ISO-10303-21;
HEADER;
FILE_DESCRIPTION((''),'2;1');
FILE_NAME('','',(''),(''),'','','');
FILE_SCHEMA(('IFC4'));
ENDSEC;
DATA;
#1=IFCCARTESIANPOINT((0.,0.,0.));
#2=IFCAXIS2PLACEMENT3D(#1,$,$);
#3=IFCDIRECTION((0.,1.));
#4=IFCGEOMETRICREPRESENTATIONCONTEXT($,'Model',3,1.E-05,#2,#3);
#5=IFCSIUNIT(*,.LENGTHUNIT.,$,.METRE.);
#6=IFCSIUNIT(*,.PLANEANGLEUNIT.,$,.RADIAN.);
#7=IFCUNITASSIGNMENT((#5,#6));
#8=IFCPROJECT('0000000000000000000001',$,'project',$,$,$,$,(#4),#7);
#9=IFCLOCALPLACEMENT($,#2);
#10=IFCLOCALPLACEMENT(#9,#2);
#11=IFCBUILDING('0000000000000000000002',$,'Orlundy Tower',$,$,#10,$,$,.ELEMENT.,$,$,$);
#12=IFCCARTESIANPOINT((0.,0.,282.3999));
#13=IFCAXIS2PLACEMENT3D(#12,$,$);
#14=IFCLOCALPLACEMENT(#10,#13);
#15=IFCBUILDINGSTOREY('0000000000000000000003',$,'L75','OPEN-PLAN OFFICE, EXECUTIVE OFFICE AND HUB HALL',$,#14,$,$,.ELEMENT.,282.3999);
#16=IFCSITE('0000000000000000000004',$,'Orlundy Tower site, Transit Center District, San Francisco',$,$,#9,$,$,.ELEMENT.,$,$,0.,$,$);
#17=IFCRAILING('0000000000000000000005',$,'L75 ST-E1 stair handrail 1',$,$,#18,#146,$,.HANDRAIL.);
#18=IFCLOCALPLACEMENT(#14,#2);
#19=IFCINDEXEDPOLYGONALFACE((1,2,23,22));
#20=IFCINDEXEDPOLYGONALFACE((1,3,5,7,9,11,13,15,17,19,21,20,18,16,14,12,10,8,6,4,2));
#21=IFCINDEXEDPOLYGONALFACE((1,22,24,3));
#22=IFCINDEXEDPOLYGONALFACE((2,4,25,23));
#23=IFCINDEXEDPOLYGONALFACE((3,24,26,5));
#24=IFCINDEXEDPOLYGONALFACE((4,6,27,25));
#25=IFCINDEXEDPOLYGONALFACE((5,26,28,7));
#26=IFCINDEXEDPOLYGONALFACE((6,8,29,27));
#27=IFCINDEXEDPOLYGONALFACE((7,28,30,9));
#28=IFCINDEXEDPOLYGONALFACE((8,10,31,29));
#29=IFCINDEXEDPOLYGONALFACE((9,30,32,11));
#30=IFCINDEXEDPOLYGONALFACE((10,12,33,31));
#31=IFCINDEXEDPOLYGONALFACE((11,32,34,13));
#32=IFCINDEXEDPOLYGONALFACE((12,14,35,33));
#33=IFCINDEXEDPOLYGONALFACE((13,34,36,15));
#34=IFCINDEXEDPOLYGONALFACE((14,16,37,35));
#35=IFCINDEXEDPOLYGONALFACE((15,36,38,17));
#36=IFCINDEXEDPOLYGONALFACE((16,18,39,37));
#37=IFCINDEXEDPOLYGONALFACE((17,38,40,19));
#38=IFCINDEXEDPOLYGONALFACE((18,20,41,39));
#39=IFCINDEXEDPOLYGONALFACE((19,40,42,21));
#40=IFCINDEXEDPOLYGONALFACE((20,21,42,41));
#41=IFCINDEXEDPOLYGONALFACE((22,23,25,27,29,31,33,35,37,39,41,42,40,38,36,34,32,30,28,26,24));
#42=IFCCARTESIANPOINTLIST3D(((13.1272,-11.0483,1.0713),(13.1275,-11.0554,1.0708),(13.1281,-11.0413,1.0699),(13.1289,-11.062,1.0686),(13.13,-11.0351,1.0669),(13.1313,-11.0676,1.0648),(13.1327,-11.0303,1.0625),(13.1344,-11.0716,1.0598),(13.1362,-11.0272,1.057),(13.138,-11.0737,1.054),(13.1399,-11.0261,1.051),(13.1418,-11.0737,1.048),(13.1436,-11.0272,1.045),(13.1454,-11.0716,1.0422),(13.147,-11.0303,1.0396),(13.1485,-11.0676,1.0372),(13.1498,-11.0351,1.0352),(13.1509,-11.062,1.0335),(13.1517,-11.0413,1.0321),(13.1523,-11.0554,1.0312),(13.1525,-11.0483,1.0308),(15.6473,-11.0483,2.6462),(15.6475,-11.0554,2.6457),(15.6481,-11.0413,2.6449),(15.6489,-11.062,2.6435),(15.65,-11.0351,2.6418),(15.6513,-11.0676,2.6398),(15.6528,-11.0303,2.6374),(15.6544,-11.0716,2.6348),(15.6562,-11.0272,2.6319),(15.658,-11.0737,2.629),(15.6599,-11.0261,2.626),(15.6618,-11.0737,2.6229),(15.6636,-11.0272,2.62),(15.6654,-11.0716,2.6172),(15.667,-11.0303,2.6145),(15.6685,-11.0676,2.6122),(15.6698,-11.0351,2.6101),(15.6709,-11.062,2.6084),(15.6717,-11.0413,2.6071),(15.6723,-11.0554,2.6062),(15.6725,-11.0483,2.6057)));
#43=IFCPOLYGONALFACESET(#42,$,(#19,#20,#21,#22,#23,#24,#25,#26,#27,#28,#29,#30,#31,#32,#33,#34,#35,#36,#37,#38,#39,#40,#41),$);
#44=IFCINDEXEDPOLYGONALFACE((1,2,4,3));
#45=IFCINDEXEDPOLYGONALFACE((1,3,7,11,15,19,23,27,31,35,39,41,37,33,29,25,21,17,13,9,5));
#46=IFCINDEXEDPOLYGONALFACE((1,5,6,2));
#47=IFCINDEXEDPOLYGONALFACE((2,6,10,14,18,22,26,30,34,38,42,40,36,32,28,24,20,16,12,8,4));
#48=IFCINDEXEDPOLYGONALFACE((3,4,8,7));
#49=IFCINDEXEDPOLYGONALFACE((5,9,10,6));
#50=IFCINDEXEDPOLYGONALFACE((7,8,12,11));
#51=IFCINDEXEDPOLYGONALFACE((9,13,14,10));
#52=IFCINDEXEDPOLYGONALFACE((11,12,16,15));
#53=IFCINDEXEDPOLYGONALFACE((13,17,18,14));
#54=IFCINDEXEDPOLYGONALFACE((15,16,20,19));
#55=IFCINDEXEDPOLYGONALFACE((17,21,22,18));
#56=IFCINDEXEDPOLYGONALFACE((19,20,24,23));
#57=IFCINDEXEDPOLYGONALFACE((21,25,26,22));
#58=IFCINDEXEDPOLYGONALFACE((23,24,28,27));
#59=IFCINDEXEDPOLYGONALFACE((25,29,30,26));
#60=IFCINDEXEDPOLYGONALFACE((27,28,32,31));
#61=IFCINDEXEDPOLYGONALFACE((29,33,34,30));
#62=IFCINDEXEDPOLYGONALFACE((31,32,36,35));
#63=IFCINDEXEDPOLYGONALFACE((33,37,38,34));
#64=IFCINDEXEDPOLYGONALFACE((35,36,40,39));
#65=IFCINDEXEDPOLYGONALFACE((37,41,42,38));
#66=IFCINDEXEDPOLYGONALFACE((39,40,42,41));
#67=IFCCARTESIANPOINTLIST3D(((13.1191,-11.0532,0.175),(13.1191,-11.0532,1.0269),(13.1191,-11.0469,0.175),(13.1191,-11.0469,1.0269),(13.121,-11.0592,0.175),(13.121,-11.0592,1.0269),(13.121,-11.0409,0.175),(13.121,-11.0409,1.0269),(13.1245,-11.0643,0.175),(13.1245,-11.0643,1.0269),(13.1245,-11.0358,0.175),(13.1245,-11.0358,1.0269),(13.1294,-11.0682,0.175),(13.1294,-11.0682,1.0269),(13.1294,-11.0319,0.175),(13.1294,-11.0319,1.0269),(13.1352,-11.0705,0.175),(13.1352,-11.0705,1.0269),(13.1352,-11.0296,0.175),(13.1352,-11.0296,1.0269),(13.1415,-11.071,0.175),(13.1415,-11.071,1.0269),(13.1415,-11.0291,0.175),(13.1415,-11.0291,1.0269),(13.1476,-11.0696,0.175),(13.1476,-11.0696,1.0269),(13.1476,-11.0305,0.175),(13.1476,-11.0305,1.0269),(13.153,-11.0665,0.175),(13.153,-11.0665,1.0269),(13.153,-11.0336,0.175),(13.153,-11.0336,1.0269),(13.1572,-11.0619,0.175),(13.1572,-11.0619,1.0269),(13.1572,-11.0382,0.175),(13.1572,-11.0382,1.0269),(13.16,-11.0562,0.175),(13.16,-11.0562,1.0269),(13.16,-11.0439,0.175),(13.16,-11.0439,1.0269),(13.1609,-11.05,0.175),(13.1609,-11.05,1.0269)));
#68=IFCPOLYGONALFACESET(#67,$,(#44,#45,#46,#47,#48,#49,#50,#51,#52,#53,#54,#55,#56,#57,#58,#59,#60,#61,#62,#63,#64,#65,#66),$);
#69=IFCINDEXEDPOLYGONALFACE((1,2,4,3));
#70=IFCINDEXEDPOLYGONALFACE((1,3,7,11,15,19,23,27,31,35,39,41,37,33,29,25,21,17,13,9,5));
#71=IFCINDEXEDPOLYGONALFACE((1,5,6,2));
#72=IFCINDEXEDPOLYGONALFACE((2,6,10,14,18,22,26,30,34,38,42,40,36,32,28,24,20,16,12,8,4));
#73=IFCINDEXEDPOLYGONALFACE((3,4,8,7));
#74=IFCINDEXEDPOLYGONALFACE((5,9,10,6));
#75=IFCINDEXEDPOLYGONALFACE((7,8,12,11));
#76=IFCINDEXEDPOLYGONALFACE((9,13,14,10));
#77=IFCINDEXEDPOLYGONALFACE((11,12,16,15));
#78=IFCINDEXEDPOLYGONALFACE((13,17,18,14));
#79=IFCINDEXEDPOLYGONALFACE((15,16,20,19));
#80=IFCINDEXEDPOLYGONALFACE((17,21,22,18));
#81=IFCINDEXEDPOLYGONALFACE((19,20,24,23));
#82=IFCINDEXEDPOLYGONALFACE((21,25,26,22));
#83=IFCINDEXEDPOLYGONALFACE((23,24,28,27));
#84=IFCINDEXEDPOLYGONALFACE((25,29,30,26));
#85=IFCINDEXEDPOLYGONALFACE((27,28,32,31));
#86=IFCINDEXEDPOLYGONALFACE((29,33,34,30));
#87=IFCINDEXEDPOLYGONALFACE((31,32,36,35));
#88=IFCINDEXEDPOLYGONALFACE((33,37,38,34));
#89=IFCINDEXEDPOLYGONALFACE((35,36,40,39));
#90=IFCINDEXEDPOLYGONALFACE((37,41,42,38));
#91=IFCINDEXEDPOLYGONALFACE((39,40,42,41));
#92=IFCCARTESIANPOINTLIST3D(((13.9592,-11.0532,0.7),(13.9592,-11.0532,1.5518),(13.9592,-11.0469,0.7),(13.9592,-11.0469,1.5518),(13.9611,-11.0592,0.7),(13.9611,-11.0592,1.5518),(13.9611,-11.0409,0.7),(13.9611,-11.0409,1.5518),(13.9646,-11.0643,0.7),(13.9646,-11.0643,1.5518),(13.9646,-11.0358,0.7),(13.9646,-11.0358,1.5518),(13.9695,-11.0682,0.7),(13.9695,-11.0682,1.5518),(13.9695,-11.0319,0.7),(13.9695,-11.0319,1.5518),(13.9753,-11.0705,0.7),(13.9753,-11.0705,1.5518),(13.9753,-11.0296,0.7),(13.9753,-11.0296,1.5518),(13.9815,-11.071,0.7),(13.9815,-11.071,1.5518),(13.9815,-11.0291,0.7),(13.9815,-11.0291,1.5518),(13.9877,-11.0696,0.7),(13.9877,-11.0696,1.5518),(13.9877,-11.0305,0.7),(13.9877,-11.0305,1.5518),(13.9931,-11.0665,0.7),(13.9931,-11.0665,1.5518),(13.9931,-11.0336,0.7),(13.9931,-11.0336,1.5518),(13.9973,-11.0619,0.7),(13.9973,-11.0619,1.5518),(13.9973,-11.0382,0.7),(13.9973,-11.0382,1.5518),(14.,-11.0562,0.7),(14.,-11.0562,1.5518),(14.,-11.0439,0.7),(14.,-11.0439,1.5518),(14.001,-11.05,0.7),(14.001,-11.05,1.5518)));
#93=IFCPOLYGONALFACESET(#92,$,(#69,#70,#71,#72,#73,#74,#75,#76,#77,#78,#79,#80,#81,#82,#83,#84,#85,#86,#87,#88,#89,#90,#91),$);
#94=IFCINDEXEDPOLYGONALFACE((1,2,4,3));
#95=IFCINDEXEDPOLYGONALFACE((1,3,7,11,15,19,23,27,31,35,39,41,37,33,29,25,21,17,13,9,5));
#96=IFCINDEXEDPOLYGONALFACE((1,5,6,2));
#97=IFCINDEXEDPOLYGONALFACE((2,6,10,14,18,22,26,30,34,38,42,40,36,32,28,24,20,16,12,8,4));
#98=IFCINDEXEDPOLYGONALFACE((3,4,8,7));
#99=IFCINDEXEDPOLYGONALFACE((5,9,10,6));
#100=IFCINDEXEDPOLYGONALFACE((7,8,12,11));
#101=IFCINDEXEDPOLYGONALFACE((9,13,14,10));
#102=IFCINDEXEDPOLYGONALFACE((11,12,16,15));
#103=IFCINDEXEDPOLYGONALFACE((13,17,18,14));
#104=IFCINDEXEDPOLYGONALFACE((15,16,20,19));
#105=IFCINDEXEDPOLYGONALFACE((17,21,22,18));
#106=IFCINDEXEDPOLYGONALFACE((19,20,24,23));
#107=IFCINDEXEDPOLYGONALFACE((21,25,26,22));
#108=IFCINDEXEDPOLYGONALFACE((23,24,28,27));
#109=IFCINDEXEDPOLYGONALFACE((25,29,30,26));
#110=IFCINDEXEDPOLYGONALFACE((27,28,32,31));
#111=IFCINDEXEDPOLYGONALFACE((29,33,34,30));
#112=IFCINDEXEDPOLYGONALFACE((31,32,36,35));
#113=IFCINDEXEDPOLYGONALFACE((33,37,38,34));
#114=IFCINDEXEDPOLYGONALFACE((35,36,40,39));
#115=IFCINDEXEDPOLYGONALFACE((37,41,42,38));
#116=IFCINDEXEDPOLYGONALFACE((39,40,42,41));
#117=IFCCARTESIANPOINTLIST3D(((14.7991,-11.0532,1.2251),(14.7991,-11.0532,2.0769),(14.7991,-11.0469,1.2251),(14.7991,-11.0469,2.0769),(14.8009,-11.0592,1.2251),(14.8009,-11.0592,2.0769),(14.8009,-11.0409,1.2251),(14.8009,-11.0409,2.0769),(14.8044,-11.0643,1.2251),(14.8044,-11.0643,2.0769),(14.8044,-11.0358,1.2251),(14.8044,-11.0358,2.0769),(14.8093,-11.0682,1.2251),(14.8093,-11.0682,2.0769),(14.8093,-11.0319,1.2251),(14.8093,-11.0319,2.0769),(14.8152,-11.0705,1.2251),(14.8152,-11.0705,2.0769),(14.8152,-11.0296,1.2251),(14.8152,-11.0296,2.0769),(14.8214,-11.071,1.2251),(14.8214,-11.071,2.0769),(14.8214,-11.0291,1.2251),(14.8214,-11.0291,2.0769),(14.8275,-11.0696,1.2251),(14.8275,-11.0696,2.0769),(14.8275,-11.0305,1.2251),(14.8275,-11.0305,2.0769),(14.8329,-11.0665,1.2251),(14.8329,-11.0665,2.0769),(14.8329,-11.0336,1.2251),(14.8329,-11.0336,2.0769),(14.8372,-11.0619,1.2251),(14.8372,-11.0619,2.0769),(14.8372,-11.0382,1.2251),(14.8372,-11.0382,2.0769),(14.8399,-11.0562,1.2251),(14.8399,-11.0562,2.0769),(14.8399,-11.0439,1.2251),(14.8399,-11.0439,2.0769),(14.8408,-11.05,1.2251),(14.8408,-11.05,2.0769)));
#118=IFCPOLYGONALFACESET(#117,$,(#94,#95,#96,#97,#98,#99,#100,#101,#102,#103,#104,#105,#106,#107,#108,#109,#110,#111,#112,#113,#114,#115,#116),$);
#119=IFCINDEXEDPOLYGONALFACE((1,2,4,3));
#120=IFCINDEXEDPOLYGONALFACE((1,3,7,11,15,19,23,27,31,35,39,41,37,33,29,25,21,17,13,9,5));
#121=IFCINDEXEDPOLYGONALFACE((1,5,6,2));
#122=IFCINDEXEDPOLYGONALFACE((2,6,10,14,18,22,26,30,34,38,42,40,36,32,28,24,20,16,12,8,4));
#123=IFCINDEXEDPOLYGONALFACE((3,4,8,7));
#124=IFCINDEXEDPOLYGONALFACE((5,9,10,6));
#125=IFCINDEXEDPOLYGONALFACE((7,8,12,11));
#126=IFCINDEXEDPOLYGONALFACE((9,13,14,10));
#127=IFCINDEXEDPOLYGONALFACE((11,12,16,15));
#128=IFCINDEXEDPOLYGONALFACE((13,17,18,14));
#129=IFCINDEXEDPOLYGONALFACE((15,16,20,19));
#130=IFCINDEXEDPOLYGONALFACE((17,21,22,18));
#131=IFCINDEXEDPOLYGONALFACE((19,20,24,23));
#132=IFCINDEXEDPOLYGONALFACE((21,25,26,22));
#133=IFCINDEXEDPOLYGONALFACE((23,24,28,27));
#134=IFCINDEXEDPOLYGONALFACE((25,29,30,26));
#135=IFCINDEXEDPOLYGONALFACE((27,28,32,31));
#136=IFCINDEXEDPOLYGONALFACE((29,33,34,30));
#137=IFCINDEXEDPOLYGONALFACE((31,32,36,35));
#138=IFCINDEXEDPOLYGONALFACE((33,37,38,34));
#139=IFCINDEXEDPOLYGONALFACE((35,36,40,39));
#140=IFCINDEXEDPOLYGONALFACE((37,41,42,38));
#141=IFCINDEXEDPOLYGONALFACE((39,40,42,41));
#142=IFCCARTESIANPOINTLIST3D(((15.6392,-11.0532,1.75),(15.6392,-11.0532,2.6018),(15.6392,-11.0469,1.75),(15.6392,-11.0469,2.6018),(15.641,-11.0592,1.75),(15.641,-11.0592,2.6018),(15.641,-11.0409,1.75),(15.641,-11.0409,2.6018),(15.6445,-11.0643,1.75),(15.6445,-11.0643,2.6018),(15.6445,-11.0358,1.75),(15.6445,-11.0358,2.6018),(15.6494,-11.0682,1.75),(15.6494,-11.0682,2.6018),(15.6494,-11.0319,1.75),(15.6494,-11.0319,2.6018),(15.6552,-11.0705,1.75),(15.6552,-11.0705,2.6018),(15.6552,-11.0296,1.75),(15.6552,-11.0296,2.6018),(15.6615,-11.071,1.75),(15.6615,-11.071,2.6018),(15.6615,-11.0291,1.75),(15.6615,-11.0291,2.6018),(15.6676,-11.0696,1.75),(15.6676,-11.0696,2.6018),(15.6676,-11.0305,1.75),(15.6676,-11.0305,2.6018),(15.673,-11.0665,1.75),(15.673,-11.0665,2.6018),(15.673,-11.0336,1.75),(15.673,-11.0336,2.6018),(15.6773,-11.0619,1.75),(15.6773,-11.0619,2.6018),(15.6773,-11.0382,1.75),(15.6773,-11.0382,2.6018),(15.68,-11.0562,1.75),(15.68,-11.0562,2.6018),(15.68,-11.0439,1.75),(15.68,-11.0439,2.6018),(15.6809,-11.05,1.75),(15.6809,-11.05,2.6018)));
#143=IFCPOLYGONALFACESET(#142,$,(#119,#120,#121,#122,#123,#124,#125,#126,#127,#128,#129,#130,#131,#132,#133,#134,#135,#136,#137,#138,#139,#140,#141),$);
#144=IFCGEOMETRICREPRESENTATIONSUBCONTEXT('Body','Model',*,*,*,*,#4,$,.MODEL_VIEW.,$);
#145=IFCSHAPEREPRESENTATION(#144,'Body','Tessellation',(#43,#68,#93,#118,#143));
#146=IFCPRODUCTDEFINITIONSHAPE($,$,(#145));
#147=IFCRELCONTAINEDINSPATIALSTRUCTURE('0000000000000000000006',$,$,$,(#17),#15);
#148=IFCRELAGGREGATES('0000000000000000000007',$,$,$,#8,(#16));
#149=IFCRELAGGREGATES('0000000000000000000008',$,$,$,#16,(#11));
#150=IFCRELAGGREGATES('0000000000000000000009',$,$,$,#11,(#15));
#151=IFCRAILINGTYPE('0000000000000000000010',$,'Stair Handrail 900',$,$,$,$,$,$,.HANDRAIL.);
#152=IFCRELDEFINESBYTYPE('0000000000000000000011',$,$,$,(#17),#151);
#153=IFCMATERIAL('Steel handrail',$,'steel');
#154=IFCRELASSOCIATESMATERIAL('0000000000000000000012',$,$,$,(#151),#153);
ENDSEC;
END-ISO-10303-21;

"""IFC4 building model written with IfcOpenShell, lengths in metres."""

from ifc_helpers import new_model, si_unit, direction, frame, origin, origin_2d, place, context, subcontext, project, spatial, circle, extrude, material, type_object, element, save


model = new_model("IFC4")

# Units and contexts
model_context = context("Model", 3, precision=1e-05, world=origin(), true_north=direction((0.0, 1.0)))
body_context = subcontext(model_context, "Body", "Model", "MODEL_VIEW")
ifc_project = project(units=[si_unit("LENGTHUNIT", "METRE"), si_unit("PLANEANGLEUNIT", "RADIAN")], contexts=[model_context])

# Site, building, storey
site_placement = place(None, origin())
site = spatial("IfcSite", under=ifc_project, at=site_placement, Name="Orlundy Tower site, Transit Center District, San Francisco", CompositionType="ELEMENT", RefElevation=0.0)
building_placement = place(site_placement, origin())
building = spatial("IfcBuilding", under=site, at=building_placement, Name="Orlundy Tower", CompositionType="ELEMENT")
storey_placement = place(building_placement, frame((0.0, 0.0, 282.3999)))
storey = spatial("IfcBuildingStorey", under=building, at=storey_placement, Name="L75", Description="OPEN-PLAN OFFICE, EXECUTIVE OFFICE AND HUB HALL", CompositionType="ELEMENT", Elevation=282.3999)

# Railing
ifc_material_1 = material(Name="Steel handrail", Category="steel")
railing_type_1 = type_object("IfcRailingType", Name="Stair Handrail 900", PredefinedType="HANDRAIL", material=ifc_material_1)
railing_1_placement = place(storey_placement, frame((13.1399, -11.05, 0.175)))
element("IfcRailing", 1, at=railing_1_placement, inside=storey, type_object=railing_type_1, Name="L75 ST-E1 stair handrail 1", PredefinedType="HANDRAIL", context=body_context, shape_type="SweptSolid", body=[
    extrude(circle(Radius=0.0239, at=origin_2d()), frame((0.0, 0.0, 0.876), z_axis=(0.848008, 0.0, 0.529984), x_axis=(0.0, 1.0, 0.0)), (0.0, 0.0, 1.0), 2.9717),
    extrude(circle(Radius=0.021, at=origin_2d()), origin(), (0.0, 0.0, 1.0), 0.8518),
    extrude(circle(Radius=0.021, at=origin_2d()), frame((0.8401, 0.0, 0.5249)), (0.0, 0.0, 1.0), 0.8518),
    extrude(circle(Radius=0.021, at=origin_2d()), frame((1.6799, 0.0, 1.05)), (0.0, 0.0, 1.0), 0.8518),
    extrude(circle(Radius=0.021, at=origin_2d()), frame((2.52, 0.0, 1.575)), (0.0, 0.0, 1.0), 0.8518),
])

save(model, "model.ifc")
